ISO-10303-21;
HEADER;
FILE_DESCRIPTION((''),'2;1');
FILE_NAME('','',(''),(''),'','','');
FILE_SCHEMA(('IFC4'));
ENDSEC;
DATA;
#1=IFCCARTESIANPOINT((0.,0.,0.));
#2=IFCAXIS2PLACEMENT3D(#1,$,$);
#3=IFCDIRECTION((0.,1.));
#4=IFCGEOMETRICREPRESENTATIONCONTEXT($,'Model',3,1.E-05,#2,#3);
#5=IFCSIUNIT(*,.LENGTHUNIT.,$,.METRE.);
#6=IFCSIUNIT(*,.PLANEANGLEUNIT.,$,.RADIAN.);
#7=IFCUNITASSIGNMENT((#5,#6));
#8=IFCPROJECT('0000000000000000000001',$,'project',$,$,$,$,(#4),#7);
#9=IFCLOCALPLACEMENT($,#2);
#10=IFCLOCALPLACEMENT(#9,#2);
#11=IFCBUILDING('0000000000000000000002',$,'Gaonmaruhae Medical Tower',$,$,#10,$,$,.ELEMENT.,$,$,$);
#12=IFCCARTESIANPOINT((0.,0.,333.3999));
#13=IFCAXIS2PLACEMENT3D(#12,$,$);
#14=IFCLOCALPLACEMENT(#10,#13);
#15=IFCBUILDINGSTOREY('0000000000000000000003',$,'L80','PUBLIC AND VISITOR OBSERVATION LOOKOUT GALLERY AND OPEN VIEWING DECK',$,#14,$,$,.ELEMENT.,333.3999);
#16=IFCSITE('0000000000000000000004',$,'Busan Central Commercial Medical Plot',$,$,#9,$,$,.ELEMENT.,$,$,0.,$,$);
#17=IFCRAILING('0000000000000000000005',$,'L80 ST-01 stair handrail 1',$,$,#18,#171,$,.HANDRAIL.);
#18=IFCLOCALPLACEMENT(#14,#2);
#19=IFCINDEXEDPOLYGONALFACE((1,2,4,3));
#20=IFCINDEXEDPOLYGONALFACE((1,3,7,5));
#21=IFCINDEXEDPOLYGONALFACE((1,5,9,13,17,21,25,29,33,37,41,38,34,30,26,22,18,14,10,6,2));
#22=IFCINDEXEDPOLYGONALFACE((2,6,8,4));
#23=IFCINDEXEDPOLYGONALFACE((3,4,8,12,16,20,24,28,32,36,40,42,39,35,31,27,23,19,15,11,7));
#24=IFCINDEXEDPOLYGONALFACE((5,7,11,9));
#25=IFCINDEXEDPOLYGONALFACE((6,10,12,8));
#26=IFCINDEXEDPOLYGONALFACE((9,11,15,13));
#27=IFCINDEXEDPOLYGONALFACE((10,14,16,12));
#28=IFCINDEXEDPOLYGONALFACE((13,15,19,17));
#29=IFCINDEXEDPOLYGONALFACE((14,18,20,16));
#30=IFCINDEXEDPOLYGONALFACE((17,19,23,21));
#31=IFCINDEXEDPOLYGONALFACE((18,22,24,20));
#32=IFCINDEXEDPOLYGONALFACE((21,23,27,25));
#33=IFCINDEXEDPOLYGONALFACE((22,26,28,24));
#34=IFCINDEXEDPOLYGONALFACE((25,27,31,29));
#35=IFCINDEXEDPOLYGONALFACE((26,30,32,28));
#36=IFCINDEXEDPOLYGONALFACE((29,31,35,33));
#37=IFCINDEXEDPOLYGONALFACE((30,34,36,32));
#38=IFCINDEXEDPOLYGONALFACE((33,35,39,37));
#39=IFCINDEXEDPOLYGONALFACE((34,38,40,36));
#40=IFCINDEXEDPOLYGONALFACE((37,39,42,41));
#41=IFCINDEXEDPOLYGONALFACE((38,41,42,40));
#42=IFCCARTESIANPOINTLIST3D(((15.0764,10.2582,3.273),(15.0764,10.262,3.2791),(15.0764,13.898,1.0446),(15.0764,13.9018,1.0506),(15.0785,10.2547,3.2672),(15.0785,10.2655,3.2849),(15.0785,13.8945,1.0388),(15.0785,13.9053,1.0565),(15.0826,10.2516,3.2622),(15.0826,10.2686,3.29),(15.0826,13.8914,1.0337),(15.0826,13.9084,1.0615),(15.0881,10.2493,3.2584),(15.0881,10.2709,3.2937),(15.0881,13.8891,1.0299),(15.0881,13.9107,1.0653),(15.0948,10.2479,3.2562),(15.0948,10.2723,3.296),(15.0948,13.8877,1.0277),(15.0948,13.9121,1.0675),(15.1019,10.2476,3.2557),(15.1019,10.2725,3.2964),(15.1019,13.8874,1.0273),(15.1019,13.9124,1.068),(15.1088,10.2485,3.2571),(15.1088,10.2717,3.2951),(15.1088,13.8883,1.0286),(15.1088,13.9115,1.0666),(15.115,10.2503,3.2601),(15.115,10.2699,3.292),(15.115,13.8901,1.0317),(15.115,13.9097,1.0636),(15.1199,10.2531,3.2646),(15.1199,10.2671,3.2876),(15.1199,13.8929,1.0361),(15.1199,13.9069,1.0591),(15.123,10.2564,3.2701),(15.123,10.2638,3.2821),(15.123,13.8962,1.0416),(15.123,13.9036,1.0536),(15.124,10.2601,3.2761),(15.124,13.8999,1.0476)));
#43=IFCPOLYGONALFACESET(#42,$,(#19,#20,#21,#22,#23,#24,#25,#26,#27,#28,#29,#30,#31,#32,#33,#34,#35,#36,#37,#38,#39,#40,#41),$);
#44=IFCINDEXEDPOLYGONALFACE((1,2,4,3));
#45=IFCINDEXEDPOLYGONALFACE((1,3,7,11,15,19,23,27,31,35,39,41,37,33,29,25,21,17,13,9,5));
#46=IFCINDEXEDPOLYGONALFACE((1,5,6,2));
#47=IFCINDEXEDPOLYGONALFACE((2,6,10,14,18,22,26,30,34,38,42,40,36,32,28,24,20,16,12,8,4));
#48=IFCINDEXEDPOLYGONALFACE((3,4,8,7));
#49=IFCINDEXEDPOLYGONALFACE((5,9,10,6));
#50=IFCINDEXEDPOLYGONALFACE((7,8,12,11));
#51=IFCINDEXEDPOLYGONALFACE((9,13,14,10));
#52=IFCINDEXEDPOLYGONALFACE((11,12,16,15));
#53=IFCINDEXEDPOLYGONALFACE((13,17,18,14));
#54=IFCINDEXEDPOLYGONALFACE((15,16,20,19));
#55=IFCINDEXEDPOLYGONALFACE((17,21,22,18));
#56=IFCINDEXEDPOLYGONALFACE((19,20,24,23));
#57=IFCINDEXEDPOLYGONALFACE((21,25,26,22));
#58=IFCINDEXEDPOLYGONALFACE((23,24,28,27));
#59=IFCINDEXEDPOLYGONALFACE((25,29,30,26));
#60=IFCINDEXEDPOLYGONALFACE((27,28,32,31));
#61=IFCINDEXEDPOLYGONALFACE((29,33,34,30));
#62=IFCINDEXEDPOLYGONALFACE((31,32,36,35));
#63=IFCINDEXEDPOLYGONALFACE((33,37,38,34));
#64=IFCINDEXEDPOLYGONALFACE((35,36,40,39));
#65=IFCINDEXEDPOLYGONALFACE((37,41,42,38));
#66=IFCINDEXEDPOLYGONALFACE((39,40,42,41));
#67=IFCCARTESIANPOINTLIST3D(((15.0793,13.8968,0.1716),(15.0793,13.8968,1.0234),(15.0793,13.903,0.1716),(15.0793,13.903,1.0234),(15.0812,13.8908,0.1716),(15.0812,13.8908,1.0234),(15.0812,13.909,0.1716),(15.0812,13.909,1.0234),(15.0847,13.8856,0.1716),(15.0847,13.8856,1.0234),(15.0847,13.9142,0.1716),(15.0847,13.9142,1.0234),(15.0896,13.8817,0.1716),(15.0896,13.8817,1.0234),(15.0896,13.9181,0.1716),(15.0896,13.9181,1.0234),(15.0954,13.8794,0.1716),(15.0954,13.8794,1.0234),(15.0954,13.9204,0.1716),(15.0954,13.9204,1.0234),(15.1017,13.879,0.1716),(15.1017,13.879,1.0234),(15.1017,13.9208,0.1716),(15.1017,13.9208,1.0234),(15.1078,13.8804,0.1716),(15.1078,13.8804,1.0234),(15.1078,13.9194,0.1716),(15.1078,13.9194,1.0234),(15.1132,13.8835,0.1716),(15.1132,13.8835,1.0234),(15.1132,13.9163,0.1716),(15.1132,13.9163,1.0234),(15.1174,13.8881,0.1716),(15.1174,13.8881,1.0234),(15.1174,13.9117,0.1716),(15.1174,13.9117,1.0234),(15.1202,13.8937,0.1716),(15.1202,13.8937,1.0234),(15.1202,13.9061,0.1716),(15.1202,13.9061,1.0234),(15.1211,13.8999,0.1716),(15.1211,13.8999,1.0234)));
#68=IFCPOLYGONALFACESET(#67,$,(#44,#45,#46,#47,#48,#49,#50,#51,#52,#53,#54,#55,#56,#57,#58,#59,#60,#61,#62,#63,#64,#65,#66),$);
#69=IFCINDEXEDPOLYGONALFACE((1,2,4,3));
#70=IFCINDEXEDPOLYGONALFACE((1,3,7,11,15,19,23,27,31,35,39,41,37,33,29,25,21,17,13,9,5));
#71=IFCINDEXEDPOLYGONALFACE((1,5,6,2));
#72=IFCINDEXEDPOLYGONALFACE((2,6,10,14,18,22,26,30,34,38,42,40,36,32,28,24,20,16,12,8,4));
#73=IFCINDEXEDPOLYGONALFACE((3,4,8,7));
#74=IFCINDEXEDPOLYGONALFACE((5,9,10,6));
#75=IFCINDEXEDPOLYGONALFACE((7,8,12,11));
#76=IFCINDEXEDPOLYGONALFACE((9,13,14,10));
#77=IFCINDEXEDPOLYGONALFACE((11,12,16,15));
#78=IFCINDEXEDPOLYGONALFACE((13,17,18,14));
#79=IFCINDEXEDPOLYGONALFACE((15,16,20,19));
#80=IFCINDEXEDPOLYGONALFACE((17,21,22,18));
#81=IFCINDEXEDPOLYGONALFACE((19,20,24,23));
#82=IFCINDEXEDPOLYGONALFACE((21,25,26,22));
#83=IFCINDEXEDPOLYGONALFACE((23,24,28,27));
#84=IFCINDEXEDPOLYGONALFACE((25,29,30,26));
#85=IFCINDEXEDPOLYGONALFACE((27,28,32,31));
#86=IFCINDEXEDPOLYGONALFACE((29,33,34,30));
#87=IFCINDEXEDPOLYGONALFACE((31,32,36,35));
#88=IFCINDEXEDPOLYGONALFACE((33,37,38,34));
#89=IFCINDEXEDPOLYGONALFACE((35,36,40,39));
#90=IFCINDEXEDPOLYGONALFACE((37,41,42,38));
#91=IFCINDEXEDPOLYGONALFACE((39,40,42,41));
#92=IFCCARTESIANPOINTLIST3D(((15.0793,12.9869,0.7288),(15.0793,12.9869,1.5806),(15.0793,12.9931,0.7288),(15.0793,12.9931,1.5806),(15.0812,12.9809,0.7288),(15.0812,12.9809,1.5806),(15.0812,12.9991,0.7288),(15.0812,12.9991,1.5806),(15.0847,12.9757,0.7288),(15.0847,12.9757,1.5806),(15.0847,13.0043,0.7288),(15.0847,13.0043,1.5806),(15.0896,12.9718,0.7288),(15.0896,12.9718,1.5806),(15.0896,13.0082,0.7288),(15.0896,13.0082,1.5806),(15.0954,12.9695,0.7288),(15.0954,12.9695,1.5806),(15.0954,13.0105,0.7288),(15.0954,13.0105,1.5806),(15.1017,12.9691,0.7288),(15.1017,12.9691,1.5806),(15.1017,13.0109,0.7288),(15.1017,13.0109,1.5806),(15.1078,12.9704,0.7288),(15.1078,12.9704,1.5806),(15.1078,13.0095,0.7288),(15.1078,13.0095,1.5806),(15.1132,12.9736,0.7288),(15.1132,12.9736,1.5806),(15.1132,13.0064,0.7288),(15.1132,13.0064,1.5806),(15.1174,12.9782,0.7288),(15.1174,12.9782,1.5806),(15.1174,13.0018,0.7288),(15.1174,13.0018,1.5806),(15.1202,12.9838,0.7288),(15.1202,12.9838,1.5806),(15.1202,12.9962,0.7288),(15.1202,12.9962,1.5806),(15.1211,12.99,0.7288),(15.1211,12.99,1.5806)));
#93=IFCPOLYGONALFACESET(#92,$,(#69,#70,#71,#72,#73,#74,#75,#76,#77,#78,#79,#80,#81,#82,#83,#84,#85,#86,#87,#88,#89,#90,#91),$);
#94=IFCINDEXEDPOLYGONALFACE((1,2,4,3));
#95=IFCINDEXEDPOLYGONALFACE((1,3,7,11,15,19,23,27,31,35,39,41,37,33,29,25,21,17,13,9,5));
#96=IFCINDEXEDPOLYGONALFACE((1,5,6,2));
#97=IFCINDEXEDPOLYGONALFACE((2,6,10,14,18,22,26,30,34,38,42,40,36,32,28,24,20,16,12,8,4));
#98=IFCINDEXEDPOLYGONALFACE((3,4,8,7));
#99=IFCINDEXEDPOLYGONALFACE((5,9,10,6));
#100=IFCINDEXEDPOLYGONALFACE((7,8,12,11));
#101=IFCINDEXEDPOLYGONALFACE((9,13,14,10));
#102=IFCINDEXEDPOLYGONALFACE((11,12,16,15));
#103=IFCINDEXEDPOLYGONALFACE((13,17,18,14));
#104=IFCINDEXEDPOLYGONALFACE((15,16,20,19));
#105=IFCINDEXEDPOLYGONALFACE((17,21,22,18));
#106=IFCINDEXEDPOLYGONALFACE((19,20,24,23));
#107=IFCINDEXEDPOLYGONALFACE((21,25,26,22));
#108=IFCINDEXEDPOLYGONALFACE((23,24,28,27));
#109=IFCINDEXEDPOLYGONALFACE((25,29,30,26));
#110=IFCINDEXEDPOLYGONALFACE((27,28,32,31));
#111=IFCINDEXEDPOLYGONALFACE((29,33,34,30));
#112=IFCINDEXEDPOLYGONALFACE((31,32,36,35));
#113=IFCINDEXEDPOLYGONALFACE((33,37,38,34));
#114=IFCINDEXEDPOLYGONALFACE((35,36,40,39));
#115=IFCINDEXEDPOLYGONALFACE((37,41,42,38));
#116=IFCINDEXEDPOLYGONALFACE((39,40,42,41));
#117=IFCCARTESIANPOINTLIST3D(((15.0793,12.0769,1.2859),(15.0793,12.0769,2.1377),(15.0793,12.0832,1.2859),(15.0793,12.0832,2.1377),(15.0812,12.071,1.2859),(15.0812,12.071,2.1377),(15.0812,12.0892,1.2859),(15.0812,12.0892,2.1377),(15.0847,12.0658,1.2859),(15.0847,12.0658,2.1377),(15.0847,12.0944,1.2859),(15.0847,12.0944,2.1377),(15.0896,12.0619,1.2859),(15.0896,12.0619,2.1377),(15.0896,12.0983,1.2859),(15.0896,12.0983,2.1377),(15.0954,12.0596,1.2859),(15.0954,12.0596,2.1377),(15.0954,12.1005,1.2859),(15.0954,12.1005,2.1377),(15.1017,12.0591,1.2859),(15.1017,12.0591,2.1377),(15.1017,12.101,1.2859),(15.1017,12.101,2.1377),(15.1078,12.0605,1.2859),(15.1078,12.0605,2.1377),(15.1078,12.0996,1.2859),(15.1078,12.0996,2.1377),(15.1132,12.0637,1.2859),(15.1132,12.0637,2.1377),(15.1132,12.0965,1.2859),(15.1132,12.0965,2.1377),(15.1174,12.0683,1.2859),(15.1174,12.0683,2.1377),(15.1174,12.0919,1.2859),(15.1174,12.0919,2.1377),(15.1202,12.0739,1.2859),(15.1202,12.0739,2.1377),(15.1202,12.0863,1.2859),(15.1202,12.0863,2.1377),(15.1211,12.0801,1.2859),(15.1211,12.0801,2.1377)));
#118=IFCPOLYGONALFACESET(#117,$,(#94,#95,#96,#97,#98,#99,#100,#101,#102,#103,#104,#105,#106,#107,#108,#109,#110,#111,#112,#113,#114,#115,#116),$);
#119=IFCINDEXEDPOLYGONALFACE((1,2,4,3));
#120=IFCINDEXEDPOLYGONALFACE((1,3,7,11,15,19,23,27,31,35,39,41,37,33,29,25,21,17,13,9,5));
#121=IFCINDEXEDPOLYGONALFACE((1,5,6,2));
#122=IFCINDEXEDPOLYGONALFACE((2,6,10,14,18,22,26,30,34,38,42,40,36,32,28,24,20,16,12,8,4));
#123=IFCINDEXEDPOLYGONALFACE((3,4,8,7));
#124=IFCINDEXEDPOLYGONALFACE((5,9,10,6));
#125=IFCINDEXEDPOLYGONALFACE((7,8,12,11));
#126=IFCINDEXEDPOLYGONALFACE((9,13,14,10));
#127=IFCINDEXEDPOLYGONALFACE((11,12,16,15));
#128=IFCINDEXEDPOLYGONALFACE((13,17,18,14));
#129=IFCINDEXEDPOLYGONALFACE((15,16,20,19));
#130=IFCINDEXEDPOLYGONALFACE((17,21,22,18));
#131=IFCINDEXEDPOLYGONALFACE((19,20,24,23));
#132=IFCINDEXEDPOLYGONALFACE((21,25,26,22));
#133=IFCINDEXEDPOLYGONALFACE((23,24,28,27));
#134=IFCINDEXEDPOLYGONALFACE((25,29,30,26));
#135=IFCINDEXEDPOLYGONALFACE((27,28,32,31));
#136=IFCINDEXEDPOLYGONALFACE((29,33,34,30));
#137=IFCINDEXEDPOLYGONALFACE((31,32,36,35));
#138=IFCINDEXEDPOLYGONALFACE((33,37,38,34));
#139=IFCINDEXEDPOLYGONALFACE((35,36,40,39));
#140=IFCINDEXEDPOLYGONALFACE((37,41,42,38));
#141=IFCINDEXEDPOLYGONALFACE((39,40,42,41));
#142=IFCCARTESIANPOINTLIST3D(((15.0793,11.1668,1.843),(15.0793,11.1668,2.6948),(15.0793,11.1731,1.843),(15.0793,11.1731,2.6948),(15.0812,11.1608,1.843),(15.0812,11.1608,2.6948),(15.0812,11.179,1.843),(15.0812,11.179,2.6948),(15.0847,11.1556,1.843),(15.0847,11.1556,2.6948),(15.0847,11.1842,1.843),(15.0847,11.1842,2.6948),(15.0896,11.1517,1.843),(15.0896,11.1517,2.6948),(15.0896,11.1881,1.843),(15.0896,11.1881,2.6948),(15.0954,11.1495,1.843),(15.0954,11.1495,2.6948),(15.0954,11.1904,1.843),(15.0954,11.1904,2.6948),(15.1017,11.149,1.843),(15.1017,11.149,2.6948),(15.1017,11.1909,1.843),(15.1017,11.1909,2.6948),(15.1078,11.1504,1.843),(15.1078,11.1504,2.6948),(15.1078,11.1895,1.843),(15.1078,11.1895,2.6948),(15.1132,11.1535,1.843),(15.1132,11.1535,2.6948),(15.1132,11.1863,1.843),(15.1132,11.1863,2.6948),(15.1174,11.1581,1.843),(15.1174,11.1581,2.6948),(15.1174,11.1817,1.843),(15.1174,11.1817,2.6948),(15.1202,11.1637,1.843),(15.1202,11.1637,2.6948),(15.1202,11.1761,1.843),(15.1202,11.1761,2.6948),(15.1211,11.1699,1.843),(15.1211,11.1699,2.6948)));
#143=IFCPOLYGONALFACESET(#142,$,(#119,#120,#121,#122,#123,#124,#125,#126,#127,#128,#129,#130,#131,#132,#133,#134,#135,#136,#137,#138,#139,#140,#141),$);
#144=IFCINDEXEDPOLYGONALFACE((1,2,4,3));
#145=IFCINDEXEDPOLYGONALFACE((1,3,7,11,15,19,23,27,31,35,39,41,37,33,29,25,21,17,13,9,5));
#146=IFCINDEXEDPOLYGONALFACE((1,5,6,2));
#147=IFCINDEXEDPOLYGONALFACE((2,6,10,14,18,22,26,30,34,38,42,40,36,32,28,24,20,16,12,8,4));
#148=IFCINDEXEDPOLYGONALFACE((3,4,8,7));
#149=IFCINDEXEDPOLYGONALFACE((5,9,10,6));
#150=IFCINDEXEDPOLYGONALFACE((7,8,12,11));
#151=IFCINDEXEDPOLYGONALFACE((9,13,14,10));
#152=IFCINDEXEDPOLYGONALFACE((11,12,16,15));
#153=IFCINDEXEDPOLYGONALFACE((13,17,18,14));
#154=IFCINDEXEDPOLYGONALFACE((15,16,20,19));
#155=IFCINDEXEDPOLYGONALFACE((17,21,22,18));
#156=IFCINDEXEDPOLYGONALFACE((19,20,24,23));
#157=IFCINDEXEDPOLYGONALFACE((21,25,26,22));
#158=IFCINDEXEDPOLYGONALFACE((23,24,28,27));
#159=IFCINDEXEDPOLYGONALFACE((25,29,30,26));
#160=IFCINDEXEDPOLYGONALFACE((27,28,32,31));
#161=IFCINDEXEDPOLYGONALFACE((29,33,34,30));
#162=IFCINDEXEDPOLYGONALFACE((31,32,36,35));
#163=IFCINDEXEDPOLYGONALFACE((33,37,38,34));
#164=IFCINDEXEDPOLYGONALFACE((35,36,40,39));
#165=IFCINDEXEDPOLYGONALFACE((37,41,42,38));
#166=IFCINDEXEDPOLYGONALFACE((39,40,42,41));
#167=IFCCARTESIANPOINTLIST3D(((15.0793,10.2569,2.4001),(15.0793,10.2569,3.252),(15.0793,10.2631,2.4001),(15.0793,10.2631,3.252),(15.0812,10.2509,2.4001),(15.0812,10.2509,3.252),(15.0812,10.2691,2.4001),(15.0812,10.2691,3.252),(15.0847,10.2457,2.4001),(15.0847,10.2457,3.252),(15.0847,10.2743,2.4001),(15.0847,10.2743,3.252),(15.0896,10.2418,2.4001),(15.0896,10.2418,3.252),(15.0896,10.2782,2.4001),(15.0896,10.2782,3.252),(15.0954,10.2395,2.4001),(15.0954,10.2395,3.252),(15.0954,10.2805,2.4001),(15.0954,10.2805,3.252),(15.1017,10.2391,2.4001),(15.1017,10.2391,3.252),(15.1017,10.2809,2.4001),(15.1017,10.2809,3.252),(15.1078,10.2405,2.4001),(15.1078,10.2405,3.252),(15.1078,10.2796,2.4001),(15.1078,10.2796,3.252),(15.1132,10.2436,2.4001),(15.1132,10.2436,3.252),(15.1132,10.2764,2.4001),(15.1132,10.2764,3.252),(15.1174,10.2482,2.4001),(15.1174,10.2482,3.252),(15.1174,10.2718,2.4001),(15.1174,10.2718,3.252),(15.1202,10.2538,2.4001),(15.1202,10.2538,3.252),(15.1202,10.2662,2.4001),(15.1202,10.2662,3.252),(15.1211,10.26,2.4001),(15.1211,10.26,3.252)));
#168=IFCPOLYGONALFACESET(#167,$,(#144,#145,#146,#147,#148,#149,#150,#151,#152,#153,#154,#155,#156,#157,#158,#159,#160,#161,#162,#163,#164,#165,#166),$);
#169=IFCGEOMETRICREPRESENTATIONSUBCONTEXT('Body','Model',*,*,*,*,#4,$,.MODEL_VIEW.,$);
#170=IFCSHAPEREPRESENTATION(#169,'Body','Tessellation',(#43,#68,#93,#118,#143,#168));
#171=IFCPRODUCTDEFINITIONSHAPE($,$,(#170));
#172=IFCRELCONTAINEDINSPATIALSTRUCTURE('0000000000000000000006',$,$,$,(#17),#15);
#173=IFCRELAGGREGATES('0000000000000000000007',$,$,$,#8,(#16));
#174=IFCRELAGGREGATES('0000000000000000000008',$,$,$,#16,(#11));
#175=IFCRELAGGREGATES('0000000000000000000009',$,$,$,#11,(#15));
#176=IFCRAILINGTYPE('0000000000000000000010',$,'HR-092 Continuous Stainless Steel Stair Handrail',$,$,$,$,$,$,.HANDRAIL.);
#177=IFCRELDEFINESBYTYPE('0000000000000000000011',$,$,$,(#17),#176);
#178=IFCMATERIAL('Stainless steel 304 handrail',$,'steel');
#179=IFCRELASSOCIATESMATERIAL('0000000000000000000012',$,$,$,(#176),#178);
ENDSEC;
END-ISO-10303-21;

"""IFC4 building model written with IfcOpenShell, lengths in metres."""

from ifc_helpers import new_model, si_unit, direction, frame, origin, origin_2d, place, context, subcontext, project, spatial, circle, extrude, material, type_object, element, save


model = new_model("IFC4")

# Units and contexts
model_context = context("Model", 3, precision=1e-05, world=origin(), true_north=direction((0.0, 1.0)))
body_context = subcontext(model_context, "Body", "Model", "MODEL_VIEW")
ifc_project = project(units=[si_unit("LENGTHUNIT", "METRE"), si_unit("PLANEANGLEUNIT", "RADIAN")], contexts=[model_context])

# Site, building, storey
site_placement = place(None, origin())
site = spatial("IfcSite", under=ifc_project, at=site_placement, Name="Busan Central Commercial Medical Plot", CompositionType="ELEMENT", RefElevation=0.0)
building_placement = place(site_placement, origin())
building = spatial("IfcBuilding", under=site, at=building_placement, Name="Gaonmaruhae Medical Tower", CompositionType="ELEMENT")
storey_placement = place(building_placement, frame((0.0, 0.0, 333.3999)))
storey = spatial("IfcBuildingStorey", under=building, at=storey_placement, Name="L80", Description="PUBLIC AND VISITOR OBSERVATION LOOKOUT GALLERY AND OPEN VIEWING DECK", CompositionType="ELEMENT", Elevation=333.3999)

# Railing
ifc_material_1 = material(Name="Stainless steel 304 handrail", Category="steel")
railing_type_1 = type_object("IfcRailingType", Name="HR-092 Continuous Stainless Steel Stair Handrail", PredefinedType="HANDRAIL", material=ifc_material_1)
railing_1_placement = place(storey_placement, frame((15.1001, 13.8999, 0.1716)))
element("IfcRailing", 1, at=railing_1_placement, inside=storey, type_object=railing_type_1, Name="L80 ST-01 stair handrail 1", PredefinedType="HANDRAIL", context=body_context, shape_type="SweptSolid", body=[
    extrude(circle(Radius=0.0239, at=origin_2d()), frame((0.0, 0.0, 0.876), z_axis=(0.0, -0.85285, 0.522156), x_axis=(1.0, 0.0, 0.0)), (0.0, 0.0, 1.0), 4.2678),
    extrude(circle(Radius=0.021, at=origin_2d()), origin(), (0.0, 0.0, 1.0), 0.8518),
    extrude(circle(Radius=0.021, at=origin_2d()), frame((0.0, -0.9099, 0.5571)), (0.0, 0.0, 1.0), 0.8518),
    extrude(circle(Radius=0.021, at=origin_2d()), frame((0.0, -1.8198, 1.1143)), (0.0, 0.0, 1.0), 0.8518),
    extrude(circle(Radius=0.021, at=origin_2d()), frame((0.0, -2.73, 1.6714)), (0.0, 0.0, 1.0), 0.8518),
    extrude(circle(Radius=0.021, at=origin_2d()), frame((0.0, -3.6399, 2.2285)), (0.0, 0.0, 1.0), 0.8518),
])

save(model, "model.ifc")
